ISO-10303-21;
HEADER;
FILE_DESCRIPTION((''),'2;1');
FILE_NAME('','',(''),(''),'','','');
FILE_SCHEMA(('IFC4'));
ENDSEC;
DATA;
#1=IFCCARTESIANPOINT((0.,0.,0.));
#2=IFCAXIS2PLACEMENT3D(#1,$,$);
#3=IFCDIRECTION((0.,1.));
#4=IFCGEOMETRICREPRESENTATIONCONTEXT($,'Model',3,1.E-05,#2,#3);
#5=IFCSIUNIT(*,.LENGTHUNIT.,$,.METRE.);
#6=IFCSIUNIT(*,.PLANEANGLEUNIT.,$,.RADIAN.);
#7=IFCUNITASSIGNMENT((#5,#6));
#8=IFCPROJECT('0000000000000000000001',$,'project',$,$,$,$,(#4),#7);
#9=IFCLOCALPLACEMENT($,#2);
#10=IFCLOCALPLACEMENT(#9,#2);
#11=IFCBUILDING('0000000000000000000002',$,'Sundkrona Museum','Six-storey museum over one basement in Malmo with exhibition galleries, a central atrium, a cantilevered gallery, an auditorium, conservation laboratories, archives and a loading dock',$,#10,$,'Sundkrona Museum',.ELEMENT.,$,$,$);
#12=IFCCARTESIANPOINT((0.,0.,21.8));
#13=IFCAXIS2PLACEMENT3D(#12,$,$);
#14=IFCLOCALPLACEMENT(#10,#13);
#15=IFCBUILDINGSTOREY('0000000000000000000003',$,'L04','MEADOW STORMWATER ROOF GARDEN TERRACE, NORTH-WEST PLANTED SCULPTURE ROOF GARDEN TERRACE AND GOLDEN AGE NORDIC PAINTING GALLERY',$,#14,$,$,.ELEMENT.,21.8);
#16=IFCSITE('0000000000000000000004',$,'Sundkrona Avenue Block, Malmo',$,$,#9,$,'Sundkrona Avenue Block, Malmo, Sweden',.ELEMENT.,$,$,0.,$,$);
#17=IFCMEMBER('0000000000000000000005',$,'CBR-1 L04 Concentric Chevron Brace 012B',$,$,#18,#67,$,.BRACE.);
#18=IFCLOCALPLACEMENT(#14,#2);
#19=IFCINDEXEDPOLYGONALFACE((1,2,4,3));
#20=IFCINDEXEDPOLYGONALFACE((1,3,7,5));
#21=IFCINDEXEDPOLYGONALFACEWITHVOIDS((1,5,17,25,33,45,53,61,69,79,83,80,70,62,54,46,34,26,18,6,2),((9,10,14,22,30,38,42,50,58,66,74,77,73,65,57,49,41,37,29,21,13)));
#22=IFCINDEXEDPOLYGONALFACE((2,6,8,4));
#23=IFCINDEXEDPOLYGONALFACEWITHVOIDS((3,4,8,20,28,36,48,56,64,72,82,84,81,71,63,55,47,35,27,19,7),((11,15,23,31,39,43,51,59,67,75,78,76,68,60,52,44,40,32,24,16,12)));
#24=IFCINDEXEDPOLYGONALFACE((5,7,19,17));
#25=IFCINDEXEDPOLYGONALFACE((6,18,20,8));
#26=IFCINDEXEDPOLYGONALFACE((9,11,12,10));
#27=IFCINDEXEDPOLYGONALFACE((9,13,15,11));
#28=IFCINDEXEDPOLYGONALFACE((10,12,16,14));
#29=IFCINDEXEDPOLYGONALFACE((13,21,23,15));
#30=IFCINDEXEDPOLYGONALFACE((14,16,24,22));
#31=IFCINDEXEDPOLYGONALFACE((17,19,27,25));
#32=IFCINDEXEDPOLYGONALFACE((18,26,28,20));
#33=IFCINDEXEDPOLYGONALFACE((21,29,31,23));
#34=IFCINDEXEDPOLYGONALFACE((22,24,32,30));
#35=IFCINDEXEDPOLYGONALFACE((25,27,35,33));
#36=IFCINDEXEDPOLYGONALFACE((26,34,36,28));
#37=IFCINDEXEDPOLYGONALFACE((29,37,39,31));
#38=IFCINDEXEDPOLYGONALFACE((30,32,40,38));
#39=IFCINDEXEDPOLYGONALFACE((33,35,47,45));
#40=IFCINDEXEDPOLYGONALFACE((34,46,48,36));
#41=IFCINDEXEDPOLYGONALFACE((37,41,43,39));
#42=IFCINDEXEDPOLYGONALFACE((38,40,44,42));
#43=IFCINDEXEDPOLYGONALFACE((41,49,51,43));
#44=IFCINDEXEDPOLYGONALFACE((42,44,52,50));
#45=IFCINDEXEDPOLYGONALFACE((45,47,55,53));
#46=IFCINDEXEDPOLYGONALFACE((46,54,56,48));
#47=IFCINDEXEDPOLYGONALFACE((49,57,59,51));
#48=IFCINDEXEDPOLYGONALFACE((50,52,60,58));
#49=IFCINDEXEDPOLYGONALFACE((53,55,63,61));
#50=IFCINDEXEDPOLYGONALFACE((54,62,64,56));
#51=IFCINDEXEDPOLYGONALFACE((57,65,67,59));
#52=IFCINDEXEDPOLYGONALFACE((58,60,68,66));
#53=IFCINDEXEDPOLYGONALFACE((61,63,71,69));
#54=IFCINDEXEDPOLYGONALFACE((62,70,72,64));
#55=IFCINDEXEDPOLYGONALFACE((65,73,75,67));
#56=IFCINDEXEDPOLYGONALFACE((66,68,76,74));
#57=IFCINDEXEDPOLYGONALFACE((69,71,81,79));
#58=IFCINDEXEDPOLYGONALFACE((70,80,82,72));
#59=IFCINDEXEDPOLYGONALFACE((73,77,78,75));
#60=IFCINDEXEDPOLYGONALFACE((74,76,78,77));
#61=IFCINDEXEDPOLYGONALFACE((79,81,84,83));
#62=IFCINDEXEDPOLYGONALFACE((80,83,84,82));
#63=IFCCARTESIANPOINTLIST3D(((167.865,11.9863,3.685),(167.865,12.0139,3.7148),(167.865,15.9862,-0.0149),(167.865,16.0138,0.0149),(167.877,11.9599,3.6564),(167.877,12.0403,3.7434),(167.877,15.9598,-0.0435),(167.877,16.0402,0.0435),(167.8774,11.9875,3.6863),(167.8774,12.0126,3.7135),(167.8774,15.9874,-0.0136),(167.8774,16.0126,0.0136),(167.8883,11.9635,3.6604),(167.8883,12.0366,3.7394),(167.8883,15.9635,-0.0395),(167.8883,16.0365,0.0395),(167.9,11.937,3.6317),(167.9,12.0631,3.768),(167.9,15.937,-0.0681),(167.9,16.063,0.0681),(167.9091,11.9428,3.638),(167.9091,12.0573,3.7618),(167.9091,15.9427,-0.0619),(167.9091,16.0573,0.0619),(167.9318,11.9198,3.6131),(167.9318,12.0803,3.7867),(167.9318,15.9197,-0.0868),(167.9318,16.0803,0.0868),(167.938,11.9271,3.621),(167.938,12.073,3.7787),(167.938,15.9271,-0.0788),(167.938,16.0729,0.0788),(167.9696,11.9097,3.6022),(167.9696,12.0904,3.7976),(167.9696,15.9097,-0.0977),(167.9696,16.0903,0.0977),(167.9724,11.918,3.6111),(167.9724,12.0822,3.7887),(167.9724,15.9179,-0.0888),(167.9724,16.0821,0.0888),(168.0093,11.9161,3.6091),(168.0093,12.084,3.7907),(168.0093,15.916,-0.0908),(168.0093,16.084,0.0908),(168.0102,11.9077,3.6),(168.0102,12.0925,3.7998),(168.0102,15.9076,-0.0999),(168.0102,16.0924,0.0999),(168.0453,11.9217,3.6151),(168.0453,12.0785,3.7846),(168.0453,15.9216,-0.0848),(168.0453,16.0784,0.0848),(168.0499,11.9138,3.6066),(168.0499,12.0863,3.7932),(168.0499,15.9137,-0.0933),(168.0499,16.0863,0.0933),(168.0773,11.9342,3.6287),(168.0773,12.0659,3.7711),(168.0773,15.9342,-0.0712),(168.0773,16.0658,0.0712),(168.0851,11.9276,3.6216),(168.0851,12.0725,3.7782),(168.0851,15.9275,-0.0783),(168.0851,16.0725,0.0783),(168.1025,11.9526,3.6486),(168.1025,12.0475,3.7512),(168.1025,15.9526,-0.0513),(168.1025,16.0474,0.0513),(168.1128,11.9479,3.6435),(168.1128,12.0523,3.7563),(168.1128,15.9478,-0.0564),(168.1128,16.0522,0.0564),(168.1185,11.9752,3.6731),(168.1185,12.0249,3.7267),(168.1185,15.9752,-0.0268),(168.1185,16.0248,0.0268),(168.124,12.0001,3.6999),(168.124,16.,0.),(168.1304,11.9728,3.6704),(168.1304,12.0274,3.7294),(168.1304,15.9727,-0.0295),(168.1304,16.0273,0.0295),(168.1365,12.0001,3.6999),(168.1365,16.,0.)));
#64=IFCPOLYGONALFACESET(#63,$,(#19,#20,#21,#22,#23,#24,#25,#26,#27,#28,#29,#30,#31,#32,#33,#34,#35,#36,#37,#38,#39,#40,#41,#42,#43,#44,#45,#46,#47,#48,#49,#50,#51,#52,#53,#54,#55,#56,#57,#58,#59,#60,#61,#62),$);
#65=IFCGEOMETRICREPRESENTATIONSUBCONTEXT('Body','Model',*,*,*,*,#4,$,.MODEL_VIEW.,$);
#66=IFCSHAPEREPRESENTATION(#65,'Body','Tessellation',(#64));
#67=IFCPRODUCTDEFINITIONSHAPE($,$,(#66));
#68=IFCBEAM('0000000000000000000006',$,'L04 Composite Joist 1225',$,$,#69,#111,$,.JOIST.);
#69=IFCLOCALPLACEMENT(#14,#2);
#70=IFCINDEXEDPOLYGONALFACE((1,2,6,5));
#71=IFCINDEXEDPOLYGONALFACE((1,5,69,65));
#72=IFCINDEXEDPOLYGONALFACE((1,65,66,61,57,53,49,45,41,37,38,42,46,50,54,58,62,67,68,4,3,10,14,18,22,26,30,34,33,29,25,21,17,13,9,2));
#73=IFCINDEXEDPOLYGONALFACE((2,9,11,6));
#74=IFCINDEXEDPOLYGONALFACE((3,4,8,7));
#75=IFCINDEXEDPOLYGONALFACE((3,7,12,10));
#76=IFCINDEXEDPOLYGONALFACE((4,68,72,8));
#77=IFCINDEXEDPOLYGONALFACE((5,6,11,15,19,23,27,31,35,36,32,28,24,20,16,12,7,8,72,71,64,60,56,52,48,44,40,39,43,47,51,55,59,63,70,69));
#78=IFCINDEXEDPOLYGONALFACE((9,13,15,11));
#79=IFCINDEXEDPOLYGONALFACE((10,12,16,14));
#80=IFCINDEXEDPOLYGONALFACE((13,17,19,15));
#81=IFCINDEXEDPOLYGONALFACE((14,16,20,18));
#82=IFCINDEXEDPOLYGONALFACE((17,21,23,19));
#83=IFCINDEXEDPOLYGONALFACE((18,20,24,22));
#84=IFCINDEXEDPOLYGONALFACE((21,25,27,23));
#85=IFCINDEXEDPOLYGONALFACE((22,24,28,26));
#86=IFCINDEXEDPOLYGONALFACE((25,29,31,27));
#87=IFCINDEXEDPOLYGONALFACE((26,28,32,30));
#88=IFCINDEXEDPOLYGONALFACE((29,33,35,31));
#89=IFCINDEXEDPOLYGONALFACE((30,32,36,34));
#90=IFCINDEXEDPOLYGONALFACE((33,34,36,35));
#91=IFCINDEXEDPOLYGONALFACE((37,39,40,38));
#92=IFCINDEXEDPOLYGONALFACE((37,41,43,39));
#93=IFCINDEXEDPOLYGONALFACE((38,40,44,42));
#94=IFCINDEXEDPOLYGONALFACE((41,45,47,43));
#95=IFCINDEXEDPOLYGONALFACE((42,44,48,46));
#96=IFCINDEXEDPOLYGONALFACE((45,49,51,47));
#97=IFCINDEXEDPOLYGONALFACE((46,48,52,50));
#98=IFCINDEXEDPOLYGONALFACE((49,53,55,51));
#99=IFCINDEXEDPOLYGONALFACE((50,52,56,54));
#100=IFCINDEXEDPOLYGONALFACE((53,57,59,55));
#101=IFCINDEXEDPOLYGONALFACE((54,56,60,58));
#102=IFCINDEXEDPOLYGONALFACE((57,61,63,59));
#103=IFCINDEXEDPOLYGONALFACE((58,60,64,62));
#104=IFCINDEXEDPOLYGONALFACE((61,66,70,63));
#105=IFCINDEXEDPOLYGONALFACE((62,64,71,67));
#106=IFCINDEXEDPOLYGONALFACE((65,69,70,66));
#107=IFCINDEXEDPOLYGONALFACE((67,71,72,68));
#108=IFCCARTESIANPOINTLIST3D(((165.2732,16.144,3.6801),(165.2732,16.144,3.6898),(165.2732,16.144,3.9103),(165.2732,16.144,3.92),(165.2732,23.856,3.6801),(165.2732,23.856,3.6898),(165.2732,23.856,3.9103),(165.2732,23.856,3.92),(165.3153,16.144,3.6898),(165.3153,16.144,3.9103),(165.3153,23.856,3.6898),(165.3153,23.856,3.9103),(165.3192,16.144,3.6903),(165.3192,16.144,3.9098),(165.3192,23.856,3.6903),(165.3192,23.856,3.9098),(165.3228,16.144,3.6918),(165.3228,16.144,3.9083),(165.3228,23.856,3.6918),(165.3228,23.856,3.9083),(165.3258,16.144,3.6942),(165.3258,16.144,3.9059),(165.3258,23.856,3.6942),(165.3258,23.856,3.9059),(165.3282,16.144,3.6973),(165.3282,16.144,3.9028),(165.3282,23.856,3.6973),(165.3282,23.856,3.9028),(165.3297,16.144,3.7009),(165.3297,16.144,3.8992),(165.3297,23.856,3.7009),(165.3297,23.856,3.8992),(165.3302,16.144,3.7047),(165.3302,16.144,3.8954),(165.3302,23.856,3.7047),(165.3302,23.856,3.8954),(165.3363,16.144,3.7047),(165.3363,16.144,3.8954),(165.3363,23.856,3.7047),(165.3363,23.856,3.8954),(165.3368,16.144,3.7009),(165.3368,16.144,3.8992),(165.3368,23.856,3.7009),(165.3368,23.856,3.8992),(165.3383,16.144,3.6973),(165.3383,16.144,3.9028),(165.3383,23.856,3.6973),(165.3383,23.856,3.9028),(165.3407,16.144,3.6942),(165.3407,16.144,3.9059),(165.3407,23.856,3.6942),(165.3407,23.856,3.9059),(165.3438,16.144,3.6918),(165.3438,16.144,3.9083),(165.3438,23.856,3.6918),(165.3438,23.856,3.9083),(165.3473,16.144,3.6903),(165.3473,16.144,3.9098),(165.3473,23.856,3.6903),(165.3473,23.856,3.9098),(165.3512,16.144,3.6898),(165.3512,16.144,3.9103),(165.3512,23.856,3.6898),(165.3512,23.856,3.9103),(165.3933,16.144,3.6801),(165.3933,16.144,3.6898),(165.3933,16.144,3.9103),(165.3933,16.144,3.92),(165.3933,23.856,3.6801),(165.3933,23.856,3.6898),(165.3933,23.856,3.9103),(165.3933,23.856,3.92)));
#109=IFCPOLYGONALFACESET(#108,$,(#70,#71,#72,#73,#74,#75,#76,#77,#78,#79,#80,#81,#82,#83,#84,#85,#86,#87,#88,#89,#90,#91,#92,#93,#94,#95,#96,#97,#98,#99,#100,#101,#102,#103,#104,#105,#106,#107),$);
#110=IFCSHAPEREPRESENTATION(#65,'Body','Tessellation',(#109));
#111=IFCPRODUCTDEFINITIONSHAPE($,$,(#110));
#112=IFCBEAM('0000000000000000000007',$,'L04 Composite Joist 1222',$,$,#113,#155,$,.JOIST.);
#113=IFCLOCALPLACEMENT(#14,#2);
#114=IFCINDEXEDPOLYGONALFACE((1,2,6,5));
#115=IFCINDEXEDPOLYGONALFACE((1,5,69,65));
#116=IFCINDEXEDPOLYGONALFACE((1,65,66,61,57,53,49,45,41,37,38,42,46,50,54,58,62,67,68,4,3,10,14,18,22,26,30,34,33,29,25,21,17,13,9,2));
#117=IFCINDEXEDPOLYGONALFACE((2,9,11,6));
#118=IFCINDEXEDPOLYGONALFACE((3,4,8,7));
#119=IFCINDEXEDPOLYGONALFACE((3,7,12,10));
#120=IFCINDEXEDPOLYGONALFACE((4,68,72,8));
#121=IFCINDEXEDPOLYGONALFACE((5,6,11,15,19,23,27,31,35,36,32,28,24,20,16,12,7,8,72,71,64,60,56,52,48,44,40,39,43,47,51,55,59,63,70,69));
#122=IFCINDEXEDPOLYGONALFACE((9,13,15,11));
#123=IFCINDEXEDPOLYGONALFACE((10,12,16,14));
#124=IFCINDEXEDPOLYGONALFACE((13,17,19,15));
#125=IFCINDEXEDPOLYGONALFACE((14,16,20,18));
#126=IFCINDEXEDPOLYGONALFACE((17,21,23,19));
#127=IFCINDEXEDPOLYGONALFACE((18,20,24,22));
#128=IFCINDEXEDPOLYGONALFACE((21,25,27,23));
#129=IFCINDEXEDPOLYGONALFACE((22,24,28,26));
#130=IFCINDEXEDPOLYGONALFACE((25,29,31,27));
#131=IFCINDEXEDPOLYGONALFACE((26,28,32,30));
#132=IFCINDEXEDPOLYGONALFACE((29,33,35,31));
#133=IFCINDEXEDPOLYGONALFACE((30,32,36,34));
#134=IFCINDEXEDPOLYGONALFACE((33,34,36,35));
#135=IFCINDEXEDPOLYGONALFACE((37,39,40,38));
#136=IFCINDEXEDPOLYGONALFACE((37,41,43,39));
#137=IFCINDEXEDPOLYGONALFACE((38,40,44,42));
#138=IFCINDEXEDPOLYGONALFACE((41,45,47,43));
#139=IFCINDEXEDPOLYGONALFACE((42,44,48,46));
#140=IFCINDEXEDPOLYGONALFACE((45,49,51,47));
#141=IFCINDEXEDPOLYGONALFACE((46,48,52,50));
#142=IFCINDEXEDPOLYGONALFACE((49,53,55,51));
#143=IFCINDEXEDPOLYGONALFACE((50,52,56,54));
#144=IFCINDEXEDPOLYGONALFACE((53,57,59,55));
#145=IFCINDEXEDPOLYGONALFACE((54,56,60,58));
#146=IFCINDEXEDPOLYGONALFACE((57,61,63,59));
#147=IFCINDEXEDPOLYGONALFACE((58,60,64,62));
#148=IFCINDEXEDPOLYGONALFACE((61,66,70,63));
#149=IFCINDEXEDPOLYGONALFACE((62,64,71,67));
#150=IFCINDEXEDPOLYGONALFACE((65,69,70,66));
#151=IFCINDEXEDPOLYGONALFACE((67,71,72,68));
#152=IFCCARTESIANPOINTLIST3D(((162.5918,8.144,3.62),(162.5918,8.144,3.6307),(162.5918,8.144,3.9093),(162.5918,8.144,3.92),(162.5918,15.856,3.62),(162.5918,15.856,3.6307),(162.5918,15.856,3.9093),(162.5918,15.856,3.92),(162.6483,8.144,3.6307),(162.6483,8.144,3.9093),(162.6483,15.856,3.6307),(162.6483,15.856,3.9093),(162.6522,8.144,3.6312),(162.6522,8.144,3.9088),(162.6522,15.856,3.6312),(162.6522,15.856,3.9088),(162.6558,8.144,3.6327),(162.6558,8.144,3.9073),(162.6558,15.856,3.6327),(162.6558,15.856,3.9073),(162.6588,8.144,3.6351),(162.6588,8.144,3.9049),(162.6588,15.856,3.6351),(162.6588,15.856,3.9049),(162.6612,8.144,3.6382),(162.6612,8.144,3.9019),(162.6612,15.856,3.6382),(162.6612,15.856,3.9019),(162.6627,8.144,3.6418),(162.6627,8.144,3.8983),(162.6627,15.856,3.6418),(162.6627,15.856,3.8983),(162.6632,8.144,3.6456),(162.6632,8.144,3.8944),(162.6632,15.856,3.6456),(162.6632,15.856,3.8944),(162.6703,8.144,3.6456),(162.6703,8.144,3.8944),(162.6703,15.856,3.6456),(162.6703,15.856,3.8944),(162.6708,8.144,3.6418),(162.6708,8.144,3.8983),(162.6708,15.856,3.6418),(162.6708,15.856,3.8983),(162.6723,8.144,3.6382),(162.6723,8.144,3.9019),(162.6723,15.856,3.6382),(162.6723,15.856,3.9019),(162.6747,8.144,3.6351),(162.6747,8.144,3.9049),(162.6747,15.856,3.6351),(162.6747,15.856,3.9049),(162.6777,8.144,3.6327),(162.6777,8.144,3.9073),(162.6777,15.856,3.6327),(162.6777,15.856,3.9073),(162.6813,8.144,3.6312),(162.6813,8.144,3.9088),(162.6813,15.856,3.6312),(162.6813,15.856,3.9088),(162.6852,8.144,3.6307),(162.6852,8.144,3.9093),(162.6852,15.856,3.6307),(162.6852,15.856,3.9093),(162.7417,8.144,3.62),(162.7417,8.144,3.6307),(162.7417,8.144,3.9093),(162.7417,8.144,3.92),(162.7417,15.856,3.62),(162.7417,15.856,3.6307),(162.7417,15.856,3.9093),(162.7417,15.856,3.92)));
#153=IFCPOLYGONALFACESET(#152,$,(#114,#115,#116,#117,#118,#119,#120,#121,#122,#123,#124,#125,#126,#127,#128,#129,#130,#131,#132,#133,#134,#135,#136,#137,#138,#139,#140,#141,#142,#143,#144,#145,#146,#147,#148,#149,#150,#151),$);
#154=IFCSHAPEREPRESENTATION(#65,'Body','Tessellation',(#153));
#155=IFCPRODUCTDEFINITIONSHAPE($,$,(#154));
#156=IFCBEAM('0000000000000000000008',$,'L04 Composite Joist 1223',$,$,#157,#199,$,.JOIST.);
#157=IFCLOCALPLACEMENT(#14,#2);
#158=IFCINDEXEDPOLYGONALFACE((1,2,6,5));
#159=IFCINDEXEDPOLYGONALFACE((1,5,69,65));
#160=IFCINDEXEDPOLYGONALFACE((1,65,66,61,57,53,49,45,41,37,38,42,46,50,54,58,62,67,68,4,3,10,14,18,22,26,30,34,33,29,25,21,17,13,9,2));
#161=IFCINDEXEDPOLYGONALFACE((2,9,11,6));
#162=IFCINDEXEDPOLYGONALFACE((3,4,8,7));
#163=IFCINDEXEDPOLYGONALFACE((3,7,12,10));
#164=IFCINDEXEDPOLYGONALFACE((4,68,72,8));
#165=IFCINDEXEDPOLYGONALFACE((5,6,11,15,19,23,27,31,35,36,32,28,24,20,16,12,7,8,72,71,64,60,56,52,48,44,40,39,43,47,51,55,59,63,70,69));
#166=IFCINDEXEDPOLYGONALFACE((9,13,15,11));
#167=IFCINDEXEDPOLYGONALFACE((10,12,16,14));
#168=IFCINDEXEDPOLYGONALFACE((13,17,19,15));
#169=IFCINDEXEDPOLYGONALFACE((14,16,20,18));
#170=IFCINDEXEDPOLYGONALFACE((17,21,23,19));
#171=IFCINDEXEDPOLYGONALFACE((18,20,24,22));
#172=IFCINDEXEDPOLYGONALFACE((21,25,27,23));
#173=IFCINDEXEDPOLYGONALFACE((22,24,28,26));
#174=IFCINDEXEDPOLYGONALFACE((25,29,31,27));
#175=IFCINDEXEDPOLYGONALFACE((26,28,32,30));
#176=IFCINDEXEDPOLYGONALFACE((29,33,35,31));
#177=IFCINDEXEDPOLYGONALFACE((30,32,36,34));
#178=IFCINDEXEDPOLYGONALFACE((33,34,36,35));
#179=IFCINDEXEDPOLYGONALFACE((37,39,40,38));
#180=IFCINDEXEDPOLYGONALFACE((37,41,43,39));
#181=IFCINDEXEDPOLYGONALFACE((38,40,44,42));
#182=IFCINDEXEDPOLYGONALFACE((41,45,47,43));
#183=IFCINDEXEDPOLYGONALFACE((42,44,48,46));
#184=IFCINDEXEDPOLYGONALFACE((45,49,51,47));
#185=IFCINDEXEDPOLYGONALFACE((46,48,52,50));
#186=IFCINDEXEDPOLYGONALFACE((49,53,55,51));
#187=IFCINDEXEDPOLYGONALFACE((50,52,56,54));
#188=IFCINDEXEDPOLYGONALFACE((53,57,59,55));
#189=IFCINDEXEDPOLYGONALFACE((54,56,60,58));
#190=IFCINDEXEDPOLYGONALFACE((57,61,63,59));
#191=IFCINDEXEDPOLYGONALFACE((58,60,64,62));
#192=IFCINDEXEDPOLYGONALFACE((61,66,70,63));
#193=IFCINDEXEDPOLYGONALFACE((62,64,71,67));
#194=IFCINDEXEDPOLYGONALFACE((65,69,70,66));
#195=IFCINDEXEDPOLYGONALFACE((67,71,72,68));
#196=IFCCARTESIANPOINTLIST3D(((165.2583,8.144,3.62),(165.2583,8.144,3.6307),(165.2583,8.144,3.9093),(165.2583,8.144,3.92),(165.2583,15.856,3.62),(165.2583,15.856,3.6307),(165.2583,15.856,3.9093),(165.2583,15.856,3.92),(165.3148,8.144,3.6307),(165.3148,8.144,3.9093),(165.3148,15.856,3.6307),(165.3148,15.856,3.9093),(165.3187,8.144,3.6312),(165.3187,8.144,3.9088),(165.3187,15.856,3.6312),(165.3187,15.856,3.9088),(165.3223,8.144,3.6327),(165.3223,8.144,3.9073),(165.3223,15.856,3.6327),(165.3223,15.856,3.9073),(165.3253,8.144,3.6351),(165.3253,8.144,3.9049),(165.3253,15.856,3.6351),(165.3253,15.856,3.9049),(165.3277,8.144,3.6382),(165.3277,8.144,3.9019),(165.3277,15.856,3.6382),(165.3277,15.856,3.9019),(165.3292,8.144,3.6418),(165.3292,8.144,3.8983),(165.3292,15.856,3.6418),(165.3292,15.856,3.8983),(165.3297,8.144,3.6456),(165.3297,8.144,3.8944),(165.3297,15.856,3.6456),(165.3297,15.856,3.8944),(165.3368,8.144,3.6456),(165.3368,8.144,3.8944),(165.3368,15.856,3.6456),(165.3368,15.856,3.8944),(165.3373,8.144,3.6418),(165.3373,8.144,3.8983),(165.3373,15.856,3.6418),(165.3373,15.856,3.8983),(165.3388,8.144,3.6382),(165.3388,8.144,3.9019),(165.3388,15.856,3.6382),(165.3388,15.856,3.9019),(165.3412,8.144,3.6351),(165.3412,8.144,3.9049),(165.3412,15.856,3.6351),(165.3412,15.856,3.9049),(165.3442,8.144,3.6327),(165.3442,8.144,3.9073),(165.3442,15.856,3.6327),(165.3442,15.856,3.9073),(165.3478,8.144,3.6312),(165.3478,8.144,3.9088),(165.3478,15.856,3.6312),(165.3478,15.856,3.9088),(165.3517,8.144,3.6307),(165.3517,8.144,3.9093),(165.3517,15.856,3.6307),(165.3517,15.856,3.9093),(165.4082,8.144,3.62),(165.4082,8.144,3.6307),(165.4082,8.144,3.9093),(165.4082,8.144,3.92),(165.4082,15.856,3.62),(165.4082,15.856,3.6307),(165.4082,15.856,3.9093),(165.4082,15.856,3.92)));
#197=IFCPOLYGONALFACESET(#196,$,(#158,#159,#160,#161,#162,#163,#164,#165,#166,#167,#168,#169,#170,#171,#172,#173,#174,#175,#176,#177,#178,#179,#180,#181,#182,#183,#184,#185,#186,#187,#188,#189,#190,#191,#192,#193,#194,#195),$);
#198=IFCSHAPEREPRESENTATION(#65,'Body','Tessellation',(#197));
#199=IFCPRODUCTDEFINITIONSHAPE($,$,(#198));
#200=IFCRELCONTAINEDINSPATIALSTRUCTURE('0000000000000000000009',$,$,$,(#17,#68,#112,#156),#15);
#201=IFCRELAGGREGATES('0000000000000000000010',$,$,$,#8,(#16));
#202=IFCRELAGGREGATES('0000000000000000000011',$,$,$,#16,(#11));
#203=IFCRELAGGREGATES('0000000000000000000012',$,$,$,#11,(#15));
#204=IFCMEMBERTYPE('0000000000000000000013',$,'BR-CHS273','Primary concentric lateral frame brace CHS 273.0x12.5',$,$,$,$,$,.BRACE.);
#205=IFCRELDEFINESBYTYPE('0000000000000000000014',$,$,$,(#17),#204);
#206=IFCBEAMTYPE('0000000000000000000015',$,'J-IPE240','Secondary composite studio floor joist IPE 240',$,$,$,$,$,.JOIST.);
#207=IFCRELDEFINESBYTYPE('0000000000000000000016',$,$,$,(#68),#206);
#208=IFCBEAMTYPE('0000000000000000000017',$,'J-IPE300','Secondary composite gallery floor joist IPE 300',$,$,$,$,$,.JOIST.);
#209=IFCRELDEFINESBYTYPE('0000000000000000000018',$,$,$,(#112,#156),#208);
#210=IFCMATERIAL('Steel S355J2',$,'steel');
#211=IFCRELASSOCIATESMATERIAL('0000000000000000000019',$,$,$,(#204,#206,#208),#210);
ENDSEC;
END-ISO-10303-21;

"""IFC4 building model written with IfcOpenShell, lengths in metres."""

from ifc_helpers import new_model, si_unit, direction, frame, origin, origin_2d, place, context, subcontext, project, spatial, hollow_circle, i_section, extrude, material, material_profile, profile_set, type_object, element, save


model = new_model("IFC4")

# Units and contexts
model_context = context("Model", 3, precision=1e-05, world=origin(), true_north=direction((0.0, 1.0)))
body_context = subcontext(model_context, "Body", "Model", "MODEL_VIEW")
ifc_project = project(units=[si_unit("LENGTHUNIT", "METRE"), si_unit("PLANEANGLEUNIT", "RADIAN")], contexts=[model_context])

# Site, building, storey
site_placement = place(None, origin())
site = spatial("IfcSite", under=ifc_project, at=site_placement, Name="Sundkrona Avenue Block, Malmo", LongName="Sundkrona Avenue Block, Malmo, Sweden", CompositionType="ELEMENT", RefElevation=0.0)
building_placement = place(site_placement, origin())
building = spatial("IfcBuilding", under=site, at=building_placement, Name="Sundkrona Museum", Description="Six-storey museum over one basement in Malmo with exhibition galleries, a central atrium, a cantilevered gallery, an auditorium, conservation laboratories, archives and a loading dock", LongName="Sundkrona Museum", CompositionType="ELEMENT")
storey_placement = place(building_placement, frame((0.0, 0.0, 21.8)))
storey = spatial("IfcBuildingStorey", under=building, at=storey_placement, Name="L04", Description="MEADOW STORMWATER ROOF GARDEN TERRACE, NORTH-WEST PLANTED SCULPTURE ROOF GARDEN TERRACE AND GOLDEN AGE NORDIC PAINTING GALLERY", CompositionType="ELEMENT", Elevation=21.8)

# Shared definitions
ifc_material_1 = material(Name="Steel S355J2", Category="steel")

# Member
ifc_material_profile_1 = material_profile(ifc_material_1, hollow_circle(Radius=0.1365, WallThickness=0.0125, at=origin_2d()), Name="CHS 273.0x12.5")
ifc_profile_set_1 = profile_set([ifc_material_profile_1], Name="Steel S355J2")
member_type = type_object("IfcMemberType", Name="BR-CHS273", Description="Primary concentric lateral frame brace CHS 273.0x12.5", PredefinedType="BRACE", material=ifc_profile_set_1)
for number, where, z_axis, x_axis, name in (
    (1, (168.0, 16.0, 0.0), (0.0, -0.734104, 0.679037), (1.0, 0.0, 0.0), "CBR-1 L04 Concentric Chevron Brace 012B"),
):
    element("IfcMember", number, at=place(storey_placement, frame(where, z_axis=z_axis, x_axis=x_axis)), inside=storey, type_object=member_type, Name=name, PredefinedType="BRACE", context=body_context, shape_type="SweptSolid", body=[
        extrude(hollow_circle(Radius=0.1365, WallThickness=0.0125, at=origin_2d()), origin(), (0.0, 0.0, 1.0), 5.4487),
    ])

# Beams
ifc_material_profile_2 = material_profile(ifc_material_1, i_section(OverallWidth=0.1201, OverallDepth=0.24, WebThickness=0.0061, FlangeThickness=0.0098, FilletRadius=0.0149, at=origin_2d()), Name="IPE 240")
ifc_profile_set_2 = profile_set([ifc_material_profile_2], Name="Steel S355J2")
beam_type_1 = type_object("IfcBeamType", Name="J-IPE240", Description="Secondary composite studio floor joist IPE 240", PredefinedType="JOIST", material=ifc_profile_set_2)
beam_1_placement = place(storey_placement, frame((165.3333, 16.144, 3.8), z_axis=(0.0, 1.0, 0.0), x_axis=(-1.0, 0.0, 0.0)))
element("IfcBeam", 2, at=beam_1_placement, inside=storey, type_object=beam_type_1, Name="L04 Composite Joist 1225", PredefinedType="JOIST", context=body_context, shape_type="SweptSolid", body=[
    extrude(i_section(OverallWidth=0.1201, OverallDepth=0.24, WebThickness=0.0061, FlangeThickness=0.0098, FilletRadius=0.0149, at=origin_2d()), origin(), (0.0, 0.0, 1.0), 7.7119),
])
ifc_material_profile_3 = material_profile(ifc_material_1, i_section(OverallWidth=0.1499, OverallDepth=0.3, WebThickness=0.0071, FlangeThickness=0.0107, FilletRadius=0.0149, at=origin_2d()), Name="IPE 300")
ifc_profile_set_3 = profile_set([ifc_material_profile_3], Name="Steel S355J2")
beam_type_2 = type_object("IfcBeamType", Name="J-IPE300", Description="Secondary composite gallery floor joist IPE 300", PredefinedType="JOIST", material=ifc_profile_set_3)
for number, where, z_axis, x_axis, name in (
    (3, (162.6667, 8.144, 3.77), (0.0, 1.0, 0.0), (-1.0, 0.0, 0.0), "L04 Composite Joist 1222"),
    (4, (165.3333, 8.144, 3.77), (0.0, 1.0, 0.0), (-1.0, 0.0, 0.0), "L04 Composite Joist 1223"),
):
    element("IfcBeam", number, at=place(storey_placement, frame(where, z_axis=z_axis, x_axis=x_axis)), inside=storey, type_object=beam_type_2, Name=name, PredefinedType="JOIST", context=body_context, shape_type="SweptSolid", body=[
        extrude(i_section(OverallWidth=0.1499, OverallDepth=0.3, WebThickness=0.0071, FlangeThickness=0.0107, FilletRadius=0.0149, at=origin_2d()), origin(), (0.0, 0.0, 1.0), 7.7119),
    ])

save(model, "model.ifc")
